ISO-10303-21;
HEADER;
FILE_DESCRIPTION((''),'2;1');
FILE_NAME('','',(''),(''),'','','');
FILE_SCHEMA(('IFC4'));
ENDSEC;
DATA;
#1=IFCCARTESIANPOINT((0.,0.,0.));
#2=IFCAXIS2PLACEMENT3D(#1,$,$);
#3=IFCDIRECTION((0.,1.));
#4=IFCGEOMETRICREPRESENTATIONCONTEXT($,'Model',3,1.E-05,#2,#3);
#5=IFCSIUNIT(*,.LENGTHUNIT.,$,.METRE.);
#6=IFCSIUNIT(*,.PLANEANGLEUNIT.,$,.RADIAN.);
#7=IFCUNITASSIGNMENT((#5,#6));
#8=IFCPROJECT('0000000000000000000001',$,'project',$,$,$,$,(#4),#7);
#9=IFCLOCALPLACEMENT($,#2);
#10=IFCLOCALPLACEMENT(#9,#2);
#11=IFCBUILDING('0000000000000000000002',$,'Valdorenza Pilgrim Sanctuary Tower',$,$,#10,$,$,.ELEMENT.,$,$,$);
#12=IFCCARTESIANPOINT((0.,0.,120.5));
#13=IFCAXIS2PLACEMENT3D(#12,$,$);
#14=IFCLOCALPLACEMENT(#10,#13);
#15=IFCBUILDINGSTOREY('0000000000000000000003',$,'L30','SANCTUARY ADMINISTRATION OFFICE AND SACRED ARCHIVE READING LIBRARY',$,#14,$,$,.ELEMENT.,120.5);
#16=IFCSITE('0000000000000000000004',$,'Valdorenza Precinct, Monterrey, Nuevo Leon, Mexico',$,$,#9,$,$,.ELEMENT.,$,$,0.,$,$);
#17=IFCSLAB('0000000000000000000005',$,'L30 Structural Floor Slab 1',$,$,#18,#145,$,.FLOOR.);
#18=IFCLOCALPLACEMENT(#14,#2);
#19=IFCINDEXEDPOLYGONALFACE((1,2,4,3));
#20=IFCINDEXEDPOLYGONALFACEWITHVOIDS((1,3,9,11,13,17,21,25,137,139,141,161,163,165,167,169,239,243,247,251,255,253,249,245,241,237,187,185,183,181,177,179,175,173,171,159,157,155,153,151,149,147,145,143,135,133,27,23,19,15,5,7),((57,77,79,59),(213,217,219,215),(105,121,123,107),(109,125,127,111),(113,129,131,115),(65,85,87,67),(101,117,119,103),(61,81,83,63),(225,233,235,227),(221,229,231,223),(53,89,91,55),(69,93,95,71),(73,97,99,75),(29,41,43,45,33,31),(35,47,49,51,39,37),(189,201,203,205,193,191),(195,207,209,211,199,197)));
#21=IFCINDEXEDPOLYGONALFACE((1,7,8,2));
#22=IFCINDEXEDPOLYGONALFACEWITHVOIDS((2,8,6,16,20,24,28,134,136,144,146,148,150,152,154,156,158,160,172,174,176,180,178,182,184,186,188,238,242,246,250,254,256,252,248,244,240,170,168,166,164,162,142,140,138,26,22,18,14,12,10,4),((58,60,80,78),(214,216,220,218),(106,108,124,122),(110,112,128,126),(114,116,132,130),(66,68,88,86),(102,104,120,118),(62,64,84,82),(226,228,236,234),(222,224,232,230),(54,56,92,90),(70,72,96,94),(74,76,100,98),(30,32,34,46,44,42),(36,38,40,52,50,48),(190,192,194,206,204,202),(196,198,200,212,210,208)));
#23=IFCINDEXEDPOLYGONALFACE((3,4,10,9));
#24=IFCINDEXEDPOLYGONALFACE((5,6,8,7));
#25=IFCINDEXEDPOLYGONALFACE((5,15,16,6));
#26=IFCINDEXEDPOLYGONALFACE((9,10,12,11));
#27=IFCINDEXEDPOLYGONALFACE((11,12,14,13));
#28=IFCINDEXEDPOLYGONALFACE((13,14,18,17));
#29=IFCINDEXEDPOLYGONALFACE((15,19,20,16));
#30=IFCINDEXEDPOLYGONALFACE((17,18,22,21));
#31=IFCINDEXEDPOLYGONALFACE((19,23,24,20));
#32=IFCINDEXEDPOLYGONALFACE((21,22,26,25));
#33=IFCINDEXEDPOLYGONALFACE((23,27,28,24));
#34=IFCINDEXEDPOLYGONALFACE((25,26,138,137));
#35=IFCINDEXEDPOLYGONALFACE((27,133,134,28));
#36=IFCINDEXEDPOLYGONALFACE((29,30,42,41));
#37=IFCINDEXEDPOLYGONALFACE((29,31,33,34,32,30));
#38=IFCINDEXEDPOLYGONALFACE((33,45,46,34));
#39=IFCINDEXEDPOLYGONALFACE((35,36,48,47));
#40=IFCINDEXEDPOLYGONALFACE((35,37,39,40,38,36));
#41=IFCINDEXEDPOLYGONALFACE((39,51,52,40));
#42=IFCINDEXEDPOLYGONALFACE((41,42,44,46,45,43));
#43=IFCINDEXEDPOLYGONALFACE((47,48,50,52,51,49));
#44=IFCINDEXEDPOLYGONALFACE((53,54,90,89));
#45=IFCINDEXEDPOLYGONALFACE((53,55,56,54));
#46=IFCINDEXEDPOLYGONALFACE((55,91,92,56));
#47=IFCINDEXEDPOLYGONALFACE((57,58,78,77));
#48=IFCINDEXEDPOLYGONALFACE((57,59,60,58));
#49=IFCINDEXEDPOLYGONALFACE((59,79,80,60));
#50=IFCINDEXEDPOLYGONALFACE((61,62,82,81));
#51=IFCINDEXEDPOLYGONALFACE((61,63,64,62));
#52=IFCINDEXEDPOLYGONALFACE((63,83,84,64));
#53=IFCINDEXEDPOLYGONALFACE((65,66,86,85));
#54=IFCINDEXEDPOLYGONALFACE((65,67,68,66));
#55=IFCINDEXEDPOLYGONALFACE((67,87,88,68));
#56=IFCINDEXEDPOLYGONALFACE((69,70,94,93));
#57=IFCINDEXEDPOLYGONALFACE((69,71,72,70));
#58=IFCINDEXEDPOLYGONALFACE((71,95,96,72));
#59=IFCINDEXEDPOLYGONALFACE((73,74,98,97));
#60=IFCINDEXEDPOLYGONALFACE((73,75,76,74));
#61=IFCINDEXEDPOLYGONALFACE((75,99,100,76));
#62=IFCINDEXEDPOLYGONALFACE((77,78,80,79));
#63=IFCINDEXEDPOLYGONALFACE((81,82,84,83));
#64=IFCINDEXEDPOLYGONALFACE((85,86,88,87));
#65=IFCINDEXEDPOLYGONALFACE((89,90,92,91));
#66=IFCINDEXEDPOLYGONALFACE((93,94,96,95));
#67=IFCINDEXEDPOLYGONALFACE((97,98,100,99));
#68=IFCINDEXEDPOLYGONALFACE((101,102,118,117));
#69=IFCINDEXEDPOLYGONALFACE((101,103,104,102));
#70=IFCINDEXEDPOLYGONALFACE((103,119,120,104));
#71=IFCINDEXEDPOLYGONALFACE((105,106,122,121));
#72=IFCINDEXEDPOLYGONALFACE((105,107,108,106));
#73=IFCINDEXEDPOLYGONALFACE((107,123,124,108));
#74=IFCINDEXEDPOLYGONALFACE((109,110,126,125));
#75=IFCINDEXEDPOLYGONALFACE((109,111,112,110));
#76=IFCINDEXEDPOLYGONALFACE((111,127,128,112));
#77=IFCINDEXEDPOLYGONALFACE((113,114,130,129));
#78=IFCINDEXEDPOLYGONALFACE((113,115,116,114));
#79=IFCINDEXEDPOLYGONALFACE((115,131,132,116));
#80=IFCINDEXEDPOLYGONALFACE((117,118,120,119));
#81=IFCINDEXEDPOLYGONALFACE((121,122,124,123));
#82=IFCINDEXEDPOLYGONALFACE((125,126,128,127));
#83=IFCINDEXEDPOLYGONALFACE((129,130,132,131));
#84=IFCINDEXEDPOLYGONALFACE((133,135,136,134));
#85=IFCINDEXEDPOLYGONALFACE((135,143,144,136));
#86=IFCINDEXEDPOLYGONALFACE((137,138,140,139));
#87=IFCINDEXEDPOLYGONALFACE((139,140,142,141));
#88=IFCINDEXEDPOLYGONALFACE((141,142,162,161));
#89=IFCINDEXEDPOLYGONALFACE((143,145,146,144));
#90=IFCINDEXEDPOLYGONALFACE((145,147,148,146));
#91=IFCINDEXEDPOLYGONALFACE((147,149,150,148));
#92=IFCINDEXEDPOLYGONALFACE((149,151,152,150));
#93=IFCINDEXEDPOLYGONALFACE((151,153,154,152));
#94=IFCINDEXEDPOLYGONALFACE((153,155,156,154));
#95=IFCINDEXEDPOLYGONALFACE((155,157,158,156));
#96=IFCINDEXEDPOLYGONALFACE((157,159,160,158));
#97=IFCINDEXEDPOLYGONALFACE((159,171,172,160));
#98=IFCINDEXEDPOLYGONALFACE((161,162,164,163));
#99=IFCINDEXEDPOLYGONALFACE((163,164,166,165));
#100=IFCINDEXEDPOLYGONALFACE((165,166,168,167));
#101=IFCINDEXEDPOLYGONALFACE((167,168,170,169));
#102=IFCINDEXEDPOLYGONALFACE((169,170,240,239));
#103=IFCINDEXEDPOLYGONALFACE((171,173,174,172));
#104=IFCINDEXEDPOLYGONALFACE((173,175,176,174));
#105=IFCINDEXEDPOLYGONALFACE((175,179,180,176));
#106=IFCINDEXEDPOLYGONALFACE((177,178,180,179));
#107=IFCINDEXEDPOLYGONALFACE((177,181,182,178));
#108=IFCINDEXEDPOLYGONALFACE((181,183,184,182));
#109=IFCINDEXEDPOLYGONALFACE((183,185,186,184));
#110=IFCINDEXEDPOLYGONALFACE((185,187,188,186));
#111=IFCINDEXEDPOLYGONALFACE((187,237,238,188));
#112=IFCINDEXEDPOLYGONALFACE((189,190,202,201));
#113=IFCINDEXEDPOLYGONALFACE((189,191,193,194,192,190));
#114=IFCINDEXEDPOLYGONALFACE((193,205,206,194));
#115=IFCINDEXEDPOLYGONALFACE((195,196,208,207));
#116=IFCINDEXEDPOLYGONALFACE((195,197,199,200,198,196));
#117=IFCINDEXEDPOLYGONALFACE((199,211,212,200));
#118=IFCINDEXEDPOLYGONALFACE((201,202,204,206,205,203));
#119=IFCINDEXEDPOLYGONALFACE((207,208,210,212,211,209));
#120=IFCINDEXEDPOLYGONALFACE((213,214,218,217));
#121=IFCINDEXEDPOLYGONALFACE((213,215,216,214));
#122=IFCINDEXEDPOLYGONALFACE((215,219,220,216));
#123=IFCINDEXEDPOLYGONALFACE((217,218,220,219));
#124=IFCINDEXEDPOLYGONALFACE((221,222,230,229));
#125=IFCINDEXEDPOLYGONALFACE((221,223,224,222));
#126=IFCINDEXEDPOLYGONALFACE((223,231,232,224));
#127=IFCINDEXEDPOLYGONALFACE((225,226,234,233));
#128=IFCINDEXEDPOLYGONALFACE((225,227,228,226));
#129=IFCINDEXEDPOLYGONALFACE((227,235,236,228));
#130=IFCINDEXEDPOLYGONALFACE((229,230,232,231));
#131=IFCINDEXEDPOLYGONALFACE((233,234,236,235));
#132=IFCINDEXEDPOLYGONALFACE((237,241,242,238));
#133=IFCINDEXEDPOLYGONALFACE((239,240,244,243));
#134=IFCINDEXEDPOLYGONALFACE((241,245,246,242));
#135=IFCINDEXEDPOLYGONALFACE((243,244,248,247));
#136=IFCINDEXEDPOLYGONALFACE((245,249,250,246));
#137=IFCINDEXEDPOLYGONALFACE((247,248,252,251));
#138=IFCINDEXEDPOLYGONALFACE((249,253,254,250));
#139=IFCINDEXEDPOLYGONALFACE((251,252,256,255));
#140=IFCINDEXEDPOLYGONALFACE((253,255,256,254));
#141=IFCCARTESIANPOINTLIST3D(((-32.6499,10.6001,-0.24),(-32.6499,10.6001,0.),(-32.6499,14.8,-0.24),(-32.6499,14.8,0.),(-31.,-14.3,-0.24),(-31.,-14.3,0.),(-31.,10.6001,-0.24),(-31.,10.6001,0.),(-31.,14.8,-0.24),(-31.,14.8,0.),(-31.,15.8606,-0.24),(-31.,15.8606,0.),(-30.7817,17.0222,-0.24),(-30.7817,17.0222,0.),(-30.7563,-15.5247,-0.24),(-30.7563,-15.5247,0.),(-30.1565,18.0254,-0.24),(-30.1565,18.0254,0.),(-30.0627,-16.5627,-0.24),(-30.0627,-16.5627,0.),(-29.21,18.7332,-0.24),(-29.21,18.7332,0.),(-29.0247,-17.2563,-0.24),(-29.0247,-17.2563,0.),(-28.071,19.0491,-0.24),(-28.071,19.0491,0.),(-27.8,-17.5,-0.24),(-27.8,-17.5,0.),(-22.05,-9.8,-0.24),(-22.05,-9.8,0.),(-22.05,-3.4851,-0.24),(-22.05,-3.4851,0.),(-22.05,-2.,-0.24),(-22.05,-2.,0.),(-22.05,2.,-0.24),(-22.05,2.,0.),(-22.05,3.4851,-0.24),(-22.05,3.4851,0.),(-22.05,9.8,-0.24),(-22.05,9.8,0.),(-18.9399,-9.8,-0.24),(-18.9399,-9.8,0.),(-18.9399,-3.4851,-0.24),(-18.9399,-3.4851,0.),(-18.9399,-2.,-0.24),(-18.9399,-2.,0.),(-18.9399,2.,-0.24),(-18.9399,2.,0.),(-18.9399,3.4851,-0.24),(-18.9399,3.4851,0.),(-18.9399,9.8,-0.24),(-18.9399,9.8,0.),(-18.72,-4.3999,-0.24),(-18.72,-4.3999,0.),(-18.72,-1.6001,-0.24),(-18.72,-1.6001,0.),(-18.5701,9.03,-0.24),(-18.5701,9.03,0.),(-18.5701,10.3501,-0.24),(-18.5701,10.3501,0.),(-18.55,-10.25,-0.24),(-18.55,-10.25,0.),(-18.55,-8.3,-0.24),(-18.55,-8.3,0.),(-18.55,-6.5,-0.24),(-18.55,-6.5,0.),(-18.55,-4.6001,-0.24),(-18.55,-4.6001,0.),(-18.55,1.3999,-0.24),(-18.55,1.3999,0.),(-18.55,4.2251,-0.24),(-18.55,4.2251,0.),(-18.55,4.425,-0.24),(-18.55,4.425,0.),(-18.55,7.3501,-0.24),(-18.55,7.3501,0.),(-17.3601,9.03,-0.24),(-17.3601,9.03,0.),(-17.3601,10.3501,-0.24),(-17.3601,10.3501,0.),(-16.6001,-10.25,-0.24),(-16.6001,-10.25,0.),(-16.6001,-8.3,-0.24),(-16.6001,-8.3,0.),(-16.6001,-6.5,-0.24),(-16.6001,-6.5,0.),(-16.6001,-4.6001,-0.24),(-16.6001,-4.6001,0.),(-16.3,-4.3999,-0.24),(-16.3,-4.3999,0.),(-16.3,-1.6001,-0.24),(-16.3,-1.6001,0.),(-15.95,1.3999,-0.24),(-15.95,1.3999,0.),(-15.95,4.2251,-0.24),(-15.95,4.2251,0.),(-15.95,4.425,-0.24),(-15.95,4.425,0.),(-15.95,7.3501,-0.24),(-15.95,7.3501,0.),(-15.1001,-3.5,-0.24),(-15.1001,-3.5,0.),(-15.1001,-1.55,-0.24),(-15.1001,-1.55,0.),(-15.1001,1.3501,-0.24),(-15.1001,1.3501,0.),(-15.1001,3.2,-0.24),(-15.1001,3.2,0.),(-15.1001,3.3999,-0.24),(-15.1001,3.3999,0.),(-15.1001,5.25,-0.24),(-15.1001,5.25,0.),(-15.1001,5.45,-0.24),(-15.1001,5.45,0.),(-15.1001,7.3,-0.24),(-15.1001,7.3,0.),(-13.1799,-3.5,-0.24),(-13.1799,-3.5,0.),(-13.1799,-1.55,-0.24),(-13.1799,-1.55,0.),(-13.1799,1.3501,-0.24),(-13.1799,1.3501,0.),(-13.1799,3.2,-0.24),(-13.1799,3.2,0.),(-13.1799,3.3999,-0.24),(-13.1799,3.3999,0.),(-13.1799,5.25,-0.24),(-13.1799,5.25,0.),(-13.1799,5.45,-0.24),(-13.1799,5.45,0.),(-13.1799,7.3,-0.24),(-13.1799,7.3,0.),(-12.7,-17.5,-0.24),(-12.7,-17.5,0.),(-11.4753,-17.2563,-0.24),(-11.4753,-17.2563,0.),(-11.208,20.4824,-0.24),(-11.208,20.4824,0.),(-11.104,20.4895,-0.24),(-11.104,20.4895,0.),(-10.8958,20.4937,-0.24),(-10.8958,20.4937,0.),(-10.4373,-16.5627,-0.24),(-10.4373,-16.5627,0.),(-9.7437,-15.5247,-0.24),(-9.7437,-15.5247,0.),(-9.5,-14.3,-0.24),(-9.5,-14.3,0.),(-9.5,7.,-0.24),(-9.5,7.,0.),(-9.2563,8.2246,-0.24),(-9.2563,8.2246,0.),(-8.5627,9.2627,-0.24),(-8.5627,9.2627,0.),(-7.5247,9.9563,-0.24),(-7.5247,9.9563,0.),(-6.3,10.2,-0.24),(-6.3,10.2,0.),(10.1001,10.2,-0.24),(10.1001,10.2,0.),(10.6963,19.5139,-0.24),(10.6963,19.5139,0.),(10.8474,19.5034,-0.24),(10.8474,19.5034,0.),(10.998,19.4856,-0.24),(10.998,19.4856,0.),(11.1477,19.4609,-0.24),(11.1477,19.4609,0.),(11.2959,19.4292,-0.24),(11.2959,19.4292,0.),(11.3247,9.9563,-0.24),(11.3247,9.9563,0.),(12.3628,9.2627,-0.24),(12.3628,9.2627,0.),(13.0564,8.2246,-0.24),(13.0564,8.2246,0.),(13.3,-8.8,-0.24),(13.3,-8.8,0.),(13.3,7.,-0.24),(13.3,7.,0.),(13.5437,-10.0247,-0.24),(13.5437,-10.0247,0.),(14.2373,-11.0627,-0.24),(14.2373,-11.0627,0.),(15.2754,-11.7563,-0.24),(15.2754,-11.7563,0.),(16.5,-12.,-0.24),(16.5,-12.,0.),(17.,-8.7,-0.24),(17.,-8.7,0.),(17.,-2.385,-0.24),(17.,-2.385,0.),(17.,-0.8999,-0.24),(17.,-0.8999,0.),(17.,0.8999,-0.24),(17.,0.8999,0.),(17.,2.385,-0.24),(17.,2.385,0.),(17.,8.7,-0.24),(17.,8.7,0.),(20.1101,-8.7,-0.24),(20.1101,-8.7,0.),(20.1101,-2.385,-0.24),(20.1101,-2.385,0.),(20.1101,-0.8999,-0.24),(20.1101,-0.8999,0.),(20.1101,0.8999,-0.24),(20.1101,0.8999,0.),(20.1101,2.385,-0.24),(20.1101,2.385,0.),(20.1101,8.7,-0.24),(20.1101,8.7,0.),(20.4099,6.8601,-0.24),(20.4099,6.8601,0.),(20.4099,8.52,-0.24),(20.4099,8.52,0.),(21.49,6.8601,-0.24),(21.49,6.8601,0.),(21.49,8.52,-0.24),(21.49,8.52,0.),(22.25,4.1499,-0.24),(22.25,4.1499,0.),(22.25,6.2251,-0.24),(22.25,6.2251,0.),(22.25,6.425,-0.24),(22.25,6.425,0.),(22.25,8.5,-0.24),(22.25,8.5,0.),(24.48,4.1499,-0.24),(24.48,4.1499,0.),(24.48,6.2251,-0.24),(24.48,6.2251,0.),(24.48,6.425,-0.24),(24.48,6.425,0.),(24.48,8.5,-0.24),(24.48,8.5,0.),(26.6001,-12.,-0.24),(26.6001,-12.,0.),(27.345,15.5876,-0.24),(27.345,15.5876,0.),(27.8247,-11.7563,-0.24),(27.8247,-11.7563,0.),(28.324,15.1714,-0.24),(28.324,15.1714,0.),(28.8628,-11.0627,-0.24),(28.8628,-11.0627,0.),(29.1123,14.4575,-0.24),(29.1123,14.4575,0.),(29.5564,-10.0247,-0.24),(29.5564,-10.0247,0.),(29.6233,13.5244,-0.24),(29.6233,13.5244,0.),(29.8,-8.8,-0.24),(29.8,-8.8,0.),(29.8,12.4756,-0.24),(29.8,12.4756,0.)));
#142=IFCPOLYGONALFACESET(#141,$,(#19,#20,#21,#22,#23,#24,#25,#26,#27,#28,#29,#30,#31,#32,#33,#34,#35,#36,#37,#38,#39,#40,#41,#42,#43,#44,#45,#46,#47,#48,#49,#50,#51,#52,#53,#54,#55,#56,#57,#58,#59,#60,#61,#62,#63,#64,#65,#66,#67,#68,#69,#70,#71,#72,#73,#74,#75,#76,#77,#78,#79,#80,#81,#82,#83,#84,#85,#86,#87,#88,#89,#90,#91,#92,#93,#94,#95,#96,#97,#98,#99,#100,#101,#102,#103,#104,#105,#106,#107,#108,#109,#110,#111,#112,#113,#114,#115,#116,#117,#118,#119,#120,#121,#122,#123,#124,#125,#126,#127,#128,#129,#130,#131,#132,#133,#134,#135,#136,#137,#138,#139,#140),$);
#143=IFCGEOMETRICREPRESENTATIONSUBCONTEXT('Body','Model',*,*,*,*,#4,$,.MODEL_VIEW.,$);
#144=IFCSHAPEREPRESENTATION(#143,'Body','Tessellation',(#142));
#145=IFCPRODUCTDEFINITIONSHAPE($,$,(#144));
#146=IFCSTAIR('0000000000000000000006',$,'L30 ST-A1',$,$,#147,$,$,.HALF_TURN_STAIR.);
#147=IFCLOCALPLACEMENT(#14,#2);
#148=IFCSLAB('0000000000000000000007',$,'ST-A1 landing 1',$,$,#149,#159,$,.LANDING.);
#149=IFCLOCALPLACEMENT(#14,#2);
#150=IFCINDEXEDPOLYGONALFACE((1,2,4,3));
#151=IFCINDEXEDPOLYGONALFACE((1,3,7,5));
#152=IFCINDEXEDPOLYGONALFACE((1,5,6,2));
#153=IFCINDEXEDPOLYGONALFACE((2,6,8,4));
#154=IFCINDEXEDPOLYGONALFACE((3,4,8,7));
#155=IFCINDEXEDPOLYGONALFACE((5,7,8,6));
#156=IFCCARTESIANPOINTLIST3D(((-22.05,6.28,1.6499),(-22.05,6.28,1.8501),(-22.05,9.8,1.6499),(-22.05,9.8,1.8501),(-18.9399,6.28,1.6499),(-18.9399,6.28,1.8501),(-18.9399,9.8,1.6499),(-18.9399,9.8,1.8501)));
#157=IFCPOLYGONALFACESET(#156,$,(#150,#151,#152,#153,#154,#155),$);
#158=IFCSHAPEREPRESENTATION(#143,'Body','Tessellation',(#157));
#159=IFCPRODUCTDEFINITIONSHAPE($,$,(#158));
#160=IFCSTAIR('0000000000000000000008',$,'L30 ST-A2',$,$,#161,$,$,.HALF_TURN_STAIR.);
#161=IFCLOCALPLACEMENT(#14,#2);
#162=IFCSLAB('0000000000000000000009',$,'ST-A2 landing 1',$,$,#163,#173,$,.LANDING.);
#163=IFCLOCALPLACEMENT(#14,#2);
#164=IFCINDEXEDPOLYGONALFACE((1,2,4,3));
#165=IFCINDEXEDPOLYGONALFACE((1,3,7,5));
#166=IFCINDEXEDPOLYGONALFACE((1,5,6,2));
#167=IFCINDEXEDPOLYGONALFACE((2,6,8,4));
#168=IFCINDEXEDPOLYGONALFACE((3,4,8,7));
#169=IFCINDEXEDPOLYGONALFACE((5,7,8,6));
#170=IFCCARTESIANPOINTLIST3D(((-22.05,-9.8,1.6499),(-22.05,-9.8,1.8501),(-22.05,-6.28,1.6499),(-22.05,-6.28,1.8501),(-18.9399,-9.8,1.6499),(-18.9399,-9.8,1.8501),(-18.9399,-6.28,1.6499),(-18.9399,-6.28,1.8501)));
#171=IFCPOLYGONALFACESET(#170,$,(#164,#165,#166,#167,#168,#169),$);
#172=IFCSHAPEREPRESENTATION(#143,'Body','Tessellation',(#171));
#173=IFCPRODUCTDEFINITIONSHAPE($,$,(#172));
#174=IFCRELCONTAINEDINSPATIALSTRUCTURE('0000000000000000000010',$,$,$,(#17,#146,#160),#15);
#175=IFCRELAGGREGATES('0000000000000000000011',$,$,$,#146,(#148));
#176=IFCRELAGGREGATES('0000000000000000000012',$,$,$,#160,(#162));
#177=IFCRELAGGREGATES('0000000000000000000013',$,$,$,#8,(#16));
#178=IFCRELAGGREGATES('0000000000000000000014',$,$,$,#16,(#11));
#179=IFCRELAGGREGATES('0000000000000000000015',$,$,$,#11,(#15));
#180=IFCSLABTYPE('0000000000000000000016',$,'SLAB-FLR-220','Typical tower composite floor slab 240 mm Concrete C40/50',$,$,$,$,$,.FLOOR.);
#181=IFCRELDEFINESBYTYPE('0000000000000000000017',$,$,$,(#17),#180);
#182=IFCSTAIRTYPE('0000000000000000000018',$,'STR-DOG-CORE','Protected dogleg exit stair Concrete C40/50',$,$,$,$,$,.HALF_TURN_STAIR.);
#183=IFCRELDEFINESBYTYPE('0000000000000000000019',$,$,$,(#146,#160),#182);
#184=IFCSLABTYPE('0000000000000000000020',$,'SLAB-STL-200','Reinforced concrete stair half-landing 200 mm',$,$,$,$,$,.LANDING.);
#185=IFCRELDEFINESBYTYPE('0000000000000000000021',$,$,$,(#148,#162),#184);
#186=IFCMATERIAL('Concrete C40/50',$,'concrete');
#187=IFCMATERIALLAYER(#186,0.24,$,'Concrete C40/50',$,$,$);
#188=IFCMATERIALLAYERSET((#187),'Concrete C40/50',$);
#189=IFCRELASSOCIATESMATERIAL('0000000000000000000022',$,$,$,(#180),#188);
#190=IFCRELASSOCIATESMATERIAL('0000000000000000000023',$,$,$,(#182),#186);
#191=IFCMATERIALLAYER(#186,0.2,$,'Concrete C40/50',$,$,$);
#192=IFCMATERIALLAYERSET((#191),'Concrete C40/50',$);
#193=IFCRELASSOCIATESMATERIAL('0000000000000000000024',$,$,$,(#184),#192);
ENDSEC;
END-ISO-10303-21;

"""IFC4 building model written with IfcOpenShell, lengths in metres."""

from ifc_helpers import new_model, si_unit, direction, frame, origin, place, context, subcontext, project, spatial, polyline, outline, extrude, material, layer, layer_set, type_object, element, aggregate, save


model = new_model("IFC4")

# Units and contexts
model_context = context("Model", 3, precision=1e-05, world=origin(), true_north=direction((0.0, 1.0)))
body_context = subcontext(model_context, "Body", "Model", "MODEL_VIEW")
ifc_project = project(units=[si_unit("LENGTHUNIT", "METRE"), si_unit("PLANEANGLEUNIT", "RADIAN")], contexts=[model_context])

# Site, building, storey
site_placement = place(None, origin())
site = spatial("IfcSite", under=ifc_project, at=site_placement, Name="Valdorenza Precinct, Monterrey, Nuevo Leon, Mexico", CompositionType="ELEMENT", RefElevation=0.0)
building_placement = place(site_placement, origin())
building = spatial("IfcBuilding", under=site, at=building_placement, Name="Valdorenza Pilgrim Sanctuary Tower", CompositionType="ELEMENT")
storey_placement = place(building_placement, frame((0.0, 0.0, 120.5)))
storey = spatial("IfcBuildingStorey", under=building, at=storey_placement, Name="L30", Description="SANCTUARY ADMINISTRATION OFFICE AND SACRED ARCHIVE READING LIBRARY", CompositionType="ELEMENT", Elevation=120.5)

# Slab
ifc_material_1 = material(Name="Concrete C40/50", Category="concrete")
ifc_layer_1 = layer(ifc_material_1, 0.24, Name="Concrete C40/50")
ifc_layer_set_1 = layer_set([ifc_layer_1], Name="Concrete C40/50")
slab_type_1 = type_object("IfcSlabType", Name="SLAB-FLR-220", Description="Typical tower composite floor slab 240 mm Concrete C40/50", PredefinedType="FLOOR", material=ifc_layer_set_1)
slab_1_placement = place(storey_placement, frame((0.0, 0.0, -0.24)))
element("IfcSlab", 1, at=slab_1_placement, inside=storey, type_object=slab_type_1, Name="L30 Structural Floor Slab 1", PredefinedType="FLOOR", context=body_context, shape_type="SweptSolid", body=[
    extrude(outline(polyline([(-30.7817, 17.0222), (-30.1565, 18.0254), (-29.21, 18.7332), (-28.071, 19.0491), (-11.208, 20.4824), (-11.104, 20.4895), (-10.8958, 20.4937), (10.6963, 19.5139), (10.8474, 19.5034), (10.998, 19.4856), (11.1477, 19.4609), (11.2959, 19.4292), (27.345, 15.5876), (28.324, 15.1714), (29.1123, 14.4575), (29.6233, 13.5244), (29.8, 12.4756), (29.8, -8.8), (29.5564, -10.0247), (28.8628, -11.0627), (27.8247, -11.7563), (26.6001, -12.0), (16.5, -12.0), (15.2754, -11.7563), (14.2373, -11.0627), (13.5437, -10.0247), (13.3, -8.8), (13.3, 7.0), (13.0564, 8.2246), (12.3628, 9.2627), (11.3247, 9.9563), (10.1001, 10.2), (-6.3, 10.2), (-7.5247, 9.9563), (-8.5627, 9.2627), (-9.2563, 8.2246), (-9.5, 7.0), (-9.5, -14.3), (-9.7437, -15.5247), (-10.4373, -16.5627), (-11.4753, -17.2563), (-12.7, -17.5), (-27.8, -17.5), (-29.0247, -17.2563), (-30.0627, -16.5627), (-30.7563, -15.5247), (-31.0, -14.3), (-31.0, 10.6001), (-32.6499, 10.6001), (-32.6499, 14.8), (-31.0, 14.8), (-31.0, 15.8606), (-30.7817, 17.0222)]), holes=[polyline([(-16.6001, -10.25), (-16.6001, -8.3), (-18.55, -8.3), (-18.55, -10.25), (-16.6001, -10.25)]), polyline([(-22.05, -9.8), (-18.9399, -9.8), (-18.9399, -3.4851), (-18.9399, -2.0), (-22.05, -2.0), (-22.05, -3.4851), (-22.05, -9.8)]), polyline([(-16.6001, -6.5), (-16.6001, -4.6001), (-18.55, -4.6001), (-18.55, -6.5), (-16.6001, -6.5)]), polyline([(-18.72, -4.3999), (-16.3, -4.3999), (-16.3, -1.6001), (-18.72, -1.6001), (-18.72, -4.3999)]), polyline([(-13.1799, 1.3501), (-13.1799, 3.2), (-15.1001, 3.2), (-15.1001, 1.3501), (-13.1799, 1.3501)]), polyline([(-22.05, 2.0), (-18.9399, 2.0), (-18.9399, 3.4851), (-18.9399, 9.8), (-22.05, 9.8), (-22.05, 3.4851), (-22.05, 2.0)]), polyline([(-15.95, 1.3999), (-15.95, 4.2251), (-18.55, 4.2251), (-18.55, 1.3999), (-15.95, 1.3999)]), polyline([(-18.55, 4.425), (-15.95, 4.425), (-15.95, 7.3501), (-18.55, 7.3501), (-18.55, 4.425)]), polyline([(-17.3601, 9.03), (-17.3601, 10.3501), (-18.5701, 10.3501), (-18.5701, 9.03), (-17.3601, 9.03)]), polyline([(17.0, -8.7), (20.1101, -8.7), (20.1101, -2.385), (20.1101, -0.8999), (17.0, -0.8999), (17.0, -2.385), (17.0, -8.7)]), polyline([(-13.1799, -3.5), (-13.1799, -1.55), (-15.1001, -1.55), (-15.1001, -3.5), (-13.1799, -3.5)]), polyline([(17.0, 0.8999), (20.1101, 0.8999), (20.1101, 2.385), (20.1101, 8.7), (17.0, 8.7), (17.0, 2.385), (17.0, 0.8999)]), polyline([(-13.1799, 3.3999), (-13.1799, 5.25), (-15.1001, 5.25), (-15.1001, 3.3999), (-13.1799, 3.3999)]), polyline([(22.25, 4.1499), (24.48, 4.1499), (24.48, 6.2251), (22.25, 6.2251), (22.25, 4.1499)]), polyline([(-13.1799, 5.45), (-13.1799, 7.3), (-15.1001, 7.3), (-15.1001, 5.45), (-13.1799, 5.45)]), polyline([(22.25, 6.425), (24.48, 6.425), (24.48, 8.5), (22.25, 8.5), (22.25, 6.425)]), polyline([(20.4099, 6.8601), (21.49, 6.8601), (21.49, 8.52), (20.4099, 8.52), (20.4099, 6.8601)])]), origin(), (0.0, 0.0, 1.0), 0.24),
])

# Stairs, slabs
stair_type = type_object("IfcStairType", Name="STR-DOG-CORE", Description="Protected dogleg exit stair Concrete C40/50", PredefinedType="HALF_TURN_STAIR", material=ifc_material_1)
stair_1_placement = place(storey_placement, origin())
stair_1 = element("IfcStair", 2, at=stair_1_placement, inside=storey, type_object=stair_type, Name="L30 ST-A1", PredefinedType="HALF_TURN_STAIR")
ifc_layer_2 = layer(ifc_material_1, 0.2, Name="Concrete C40/50")
ifc_layer_set_2 = layer_set([ifc_layer_2], Name="Concrete C40/50")
slab_type_2 = type_object("IfcSlabType", Name="SLAB-STL-200", Description="Reinforced concrete stair half-landing 200 mm", PredefinedType="LANDING", material=ifc_layer_set_2)
slab_2_placement = place(storey_placement, frame((0.0, 0.0, 1.6499)))
slab_2 = element("IfcSlab", 3, at=slab_2_placement, type_object=slab_type_2, Name="ST-A1 landing 1", PredefinedType="LANDING", context=body_context, shape_type="SweptSolid", body=[
    extrude(outline(polyline([(-18.9399, 6.28), (-18.9399, 9.8), (-22.05, 9.8), (-22.05, 6.28), (-18.9399, 6.28)])), origin(), (0.0, 0.0, 1.0), 0.2002),
])
aggregate(stair_1, [slab_2])
stair_2_placement = place(storey_placement, origin())
stair_2 = element("IfcStair", 4, at=stair_2_placement, inside=storey, type_object=stair_type, Name="L30 ST-A2", PredefinedType="HALF_TURN_STAIR")
slab_3_placement = place(storey_placement, frame((0.0, 0.0, 1.6499)))
slab_3 = element("IfcSlab", 5, at=slab_3_placement, type_object=slab_type_2, Name="ST-A2 landing 1", PredefinedType="LANDING", context=body_context, shape_type="SweptSolid", body=[
    extrude(outline(polyline([(-22.05, -6.28), (-22.05, -9.8), (-18.9399, -9.8), (-18.9399, -6.28), (-22.05, -6.28)])), origin(), (0.0, 0.0, 1.0), 0.2002),
])
aggregate(stair_2, [slab_3])

save(model, "model.ifc")
